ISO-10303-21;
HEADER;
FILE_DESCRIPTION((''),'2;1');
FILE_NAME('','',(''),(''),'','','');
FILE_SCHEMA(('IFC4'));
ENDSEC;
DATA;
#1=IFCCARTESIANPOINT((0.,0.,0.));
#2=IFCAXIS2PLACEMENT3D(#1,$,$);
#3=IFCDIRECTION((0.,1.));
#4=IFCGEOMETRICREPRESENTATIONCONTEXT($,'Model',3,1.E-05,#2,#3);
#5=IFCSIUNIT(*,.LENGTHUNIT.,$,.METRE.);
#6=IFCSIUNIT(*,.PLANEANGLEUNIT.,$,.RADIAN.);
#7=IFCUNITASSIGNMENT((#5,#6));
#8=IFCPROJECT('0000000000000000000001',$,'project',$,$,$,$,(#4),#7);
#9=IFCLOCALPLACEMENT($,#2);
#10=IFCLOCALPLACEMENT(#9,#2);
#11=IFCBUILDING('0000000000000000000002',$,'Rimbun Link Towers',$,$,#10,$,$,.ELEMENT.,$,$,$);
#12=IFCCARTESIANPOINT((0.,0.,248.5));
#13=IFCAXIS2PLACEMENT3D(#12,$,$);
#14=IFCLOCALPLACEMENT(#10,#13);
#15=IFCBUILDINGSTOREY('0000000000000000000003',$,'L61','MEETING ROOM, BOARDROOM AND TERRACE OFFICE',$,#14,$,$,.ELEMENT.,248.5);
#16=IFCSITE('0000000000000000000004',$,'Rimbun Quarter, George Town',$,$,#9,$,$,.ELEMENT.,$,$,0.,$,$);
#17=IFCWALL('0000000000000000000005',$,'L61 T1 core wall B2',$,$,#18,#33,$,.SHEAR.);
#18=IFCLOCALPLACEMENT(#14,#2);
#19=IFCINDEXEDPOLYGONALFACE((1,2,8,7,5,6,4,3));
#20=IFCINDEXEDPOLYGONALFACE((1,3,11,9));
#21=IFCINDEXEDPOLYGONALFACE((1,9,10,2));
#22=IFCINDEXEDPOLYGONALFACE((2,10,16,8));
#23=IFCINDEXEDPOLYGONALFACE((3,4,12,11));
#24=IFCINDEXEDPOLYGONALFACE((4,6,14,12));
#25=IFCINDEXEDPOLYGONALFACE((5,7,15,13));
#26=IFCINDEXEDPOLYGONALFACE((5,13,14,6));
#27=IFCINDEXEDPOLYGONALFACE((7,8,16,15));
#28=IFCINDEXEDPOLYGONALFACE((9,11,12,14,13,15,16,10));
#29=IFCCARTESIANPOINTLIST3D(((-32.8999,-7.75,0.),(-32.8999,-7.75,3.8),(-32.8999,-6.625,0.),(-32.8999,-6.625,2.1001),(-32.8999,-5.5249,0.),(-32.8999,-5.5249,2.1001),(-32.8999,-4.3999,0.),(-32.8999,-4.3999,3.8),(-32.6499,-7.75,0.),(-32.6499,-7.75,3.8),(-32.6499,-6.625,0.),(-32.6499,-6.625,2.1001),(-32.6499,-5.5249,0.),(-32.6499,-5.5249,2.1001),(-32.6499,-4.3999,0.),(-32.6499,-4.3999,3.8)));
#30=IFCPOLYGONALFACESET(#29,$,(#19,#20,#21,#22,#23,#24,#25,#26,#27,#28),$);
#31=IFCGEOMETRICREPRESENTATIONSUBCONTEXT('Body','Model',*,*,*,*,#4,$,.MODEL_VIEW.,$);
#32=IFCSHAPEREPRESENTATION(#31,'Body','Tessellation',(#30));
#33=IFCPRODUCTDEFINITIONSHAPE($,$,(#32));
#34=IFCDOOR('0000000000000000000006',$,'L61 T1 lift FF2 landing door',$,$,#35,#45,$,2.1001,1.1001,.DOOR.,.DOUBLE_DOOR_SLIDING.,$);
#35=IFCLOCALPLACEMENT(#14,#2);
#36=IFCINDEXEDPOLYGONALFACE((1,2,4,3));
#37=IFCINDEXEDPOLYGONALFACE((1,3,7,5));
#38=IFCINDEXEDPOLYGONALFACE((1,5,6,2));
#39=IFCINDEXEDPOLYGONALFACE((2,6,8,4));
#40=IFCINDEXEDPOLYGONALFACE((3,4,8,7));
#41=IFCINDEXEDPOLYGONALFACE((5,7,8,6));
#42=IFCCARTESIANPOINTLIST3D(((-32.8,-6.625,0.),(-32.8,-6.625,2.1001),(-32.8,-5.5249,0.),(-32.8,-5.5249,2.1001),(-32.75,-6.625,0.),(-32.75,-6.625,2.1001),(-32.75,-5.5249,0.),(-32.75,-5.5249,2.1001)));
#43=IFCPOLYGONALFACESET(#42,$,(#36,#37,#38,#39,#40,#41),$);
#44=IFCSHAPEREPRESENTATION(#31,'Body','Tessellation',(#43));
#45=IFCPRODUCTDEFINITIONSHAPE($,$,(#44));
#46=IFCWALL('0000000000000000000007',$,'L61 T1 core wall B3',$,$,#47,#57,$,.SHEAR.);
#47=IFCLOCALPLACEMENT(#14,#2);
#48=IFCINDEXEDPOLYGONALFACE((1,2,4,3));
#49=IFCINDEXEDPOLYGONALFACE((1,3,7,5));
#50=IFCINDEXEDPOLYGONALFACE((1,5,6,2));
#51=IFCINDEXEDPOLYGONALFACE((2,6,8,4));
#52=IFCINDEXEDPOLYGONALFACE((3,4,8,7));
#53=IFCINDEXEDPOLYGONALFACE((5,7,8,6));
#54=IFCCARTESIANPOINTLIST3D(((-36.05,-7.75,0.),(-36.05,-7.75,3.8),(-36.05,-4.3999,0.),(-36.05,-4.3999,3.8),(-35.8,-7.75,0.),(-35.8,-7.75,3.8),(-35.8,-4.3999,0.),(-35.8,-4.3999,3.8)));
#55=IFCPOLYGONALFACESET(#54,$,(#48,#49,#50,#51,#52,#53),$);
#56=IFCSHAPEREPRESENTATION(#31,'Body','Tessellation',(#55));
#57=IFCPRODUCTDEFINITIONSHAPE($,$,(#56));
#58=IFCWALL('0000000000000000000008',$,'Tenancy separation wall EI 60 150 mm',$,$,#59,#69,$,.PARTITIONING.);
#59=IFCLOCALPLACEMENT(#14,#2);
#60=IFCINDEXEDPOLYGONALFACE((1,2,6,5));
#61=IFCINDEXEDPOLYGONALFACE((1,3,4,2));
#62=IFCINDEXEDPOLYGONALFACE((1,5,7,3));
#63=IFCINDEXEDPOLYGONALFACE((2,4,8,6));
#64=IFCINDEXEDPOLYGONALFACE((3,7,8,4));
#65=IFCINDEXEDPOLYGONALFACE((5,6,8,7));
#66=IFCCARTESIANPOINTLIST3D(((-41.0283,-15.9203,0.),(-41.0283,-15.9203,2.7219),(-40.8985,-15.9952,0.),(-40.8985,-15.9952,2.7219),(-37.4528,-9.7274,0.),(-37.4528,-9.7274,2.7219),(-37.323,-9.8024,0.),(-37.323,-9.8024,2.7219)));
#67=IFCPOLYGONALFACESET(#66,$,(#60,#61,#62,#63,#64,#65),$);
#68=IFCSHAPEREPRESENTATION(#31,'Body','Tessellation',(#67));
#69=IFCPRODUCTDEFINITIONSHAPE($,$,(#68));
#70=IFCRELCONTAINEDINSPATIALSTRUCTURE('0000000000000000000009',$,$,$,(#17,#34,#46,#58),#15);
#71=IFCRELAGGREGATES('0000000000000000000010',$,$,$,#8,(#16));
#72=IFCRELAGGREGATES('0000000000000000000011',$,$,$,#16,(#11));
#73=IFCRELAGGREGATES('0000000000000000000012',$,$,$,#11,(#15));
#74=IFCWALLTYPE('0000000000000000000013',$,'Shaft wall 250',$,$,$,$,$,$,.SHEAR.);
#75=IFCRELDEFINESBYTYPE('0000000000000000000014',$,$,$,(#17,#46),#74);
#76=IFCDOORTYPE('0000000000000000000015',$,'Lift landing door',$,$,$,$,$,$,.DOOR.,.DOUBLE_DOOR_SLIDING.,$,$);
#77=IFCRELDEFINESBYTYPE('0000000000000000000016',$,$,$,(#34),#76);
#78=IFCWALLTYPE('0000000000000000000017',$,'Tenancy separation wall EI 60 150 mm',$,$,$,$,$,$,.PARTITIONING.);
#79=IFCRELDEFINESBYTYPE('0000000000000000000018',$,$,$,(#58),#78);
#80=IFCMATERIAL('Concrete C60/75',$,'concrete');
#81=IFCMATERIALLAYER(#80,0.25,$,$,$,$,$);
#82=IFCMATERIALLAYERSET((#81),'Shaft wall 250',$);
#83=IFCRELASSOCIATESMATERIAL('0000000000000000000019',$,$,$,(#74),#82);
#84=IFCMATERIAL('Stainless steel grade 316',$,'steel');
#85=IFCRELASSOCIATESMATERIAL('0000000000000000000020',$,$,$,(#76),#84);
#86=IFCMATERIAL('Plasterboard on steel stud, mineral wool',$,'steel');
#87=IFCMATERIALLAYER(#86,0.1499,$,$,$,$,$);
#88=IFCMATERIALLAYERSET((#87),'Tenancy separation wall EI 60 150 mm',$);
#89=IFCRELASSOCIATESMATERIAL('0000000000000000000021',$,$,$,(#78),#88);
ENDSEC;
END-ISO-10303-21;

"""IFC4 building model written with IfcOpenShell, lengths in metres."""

from ifc_helpers import new_model, si_unit, direction, frame, frame_2d, origin, place, context, subcontext, project, spatial, rectangle, extrude, material, layer, layer_set, type_object, element, fill, save


model = new_model("IFC4")

# Units and contexts
model_context = context("Model", 3, precision=1e-05, world=origin(), true_north=direction((0.0, 1.0)))
body_context = subcontext(model_context, "Body", "Model", "MODEL_VIEW")
ifc_project = project(units=[si_unit("LENGTHUNIT", "METRE"), si_unit("PLANEANGLEUNIT", "RADIAN")], contexts=[model_context])

# Site, building, storey
site_placement = place(None, origin())
site = spatial("IfcSite", under=ifc_project, at=site_placement, Name="Rimbun Quarter, George Town", CompositionType="ELEMENT", RefElevation=0.0)
building_placement = place(site_placement, origin())
building = spatial("IfcBuilding", under=site, at=building_placement, Name="Rimbun Link Towers", CompositionType="ELEMENT")
storey_placement = place(building_placement, frame((0.0, 0.0, 248.5)))
storey = spatial("IfcBuildingStorey", under=building, at=storey_placement, Name="L61", Description="MEETING ROOM, BOARDROOM AND TERRACE OFFICE", CompositionType="ELEMENT", Elevation=248.5)

# Shared definitions
ifc_material_1 = material(Name="Concrete C60/75", Category="concrete")
ifc_layer_1 = layer(ifc_material_1, 0.25)
ifc_layer_set_1 = layer_set([ifc_layer_1], Name="Shaft wall 250")
wall_type_1 = type_object("IfcWallType", Name="Shaft wall 250", PredefinedType="SHEAR", material=ifc_layer_set_1)

# Shared definitions
ifc_material_2 = material(Name="Stainless steel grade 316", Category="steel")
door_type = type_object("IfcDoorType", Name="Lift landing door", OperationType="DOUBLE_DOOR_SLIDING", PredefinedType="DOOR", material=ifc_material_2)

# Wall, opening, door
wall_1_placement = place(storey_placement, frame((-32.7749, -4.3999, 0.0), z_axis=(0.0, 0.0, 1.0), x_axis=(0.0, -1.0, 0.0)))
wall_1 = element("IfcWall", 1, at=wall_1_placement, inside=storey, type_object=wall_type_1, Name="L61 T1 core wall B2", PredefinedType="SHEAR", context=body_context, shape_type="SweptSolid", body=[
    extrude(rectangle(XDim=3.3501, YDim=0.25, at=frame_2d((1.675, 0.0))), origin(), (0.0, 0.0, 1.0), 3.8),
])
opening_1_placement = place(wall_1_placement, frame((1.125, 0.0, 0.0)))
opening_1 = element("IfcOpeningElement", 2, at=opening_1_placement, cuts=wall_1, PredefinedType="OPENING", context=body_context, shape_type="SweptSolid", body=[
    extrude(rectangle(XDim=1.1001, YDim=2.1001, at=frame_2d((0.55, 1.05))), frame((0.0, 0.135, 0.0), z_axis=(0.0, -1.0, 0.0), x_axis=(1.0, 0.0, 0.0)), (0.0, 0.0, 1.0), 0.27),
])
door_1_placement = place(opening_1_placement, origin())
door_1 = element("IfcDoor", 3, at=door_1_placement, inside=storey, type_object=door_type, Name="L61 T1 lift FF2 landing door", OperationType="DOUBLE_DOOR_SLIDING", OverallHeight=2.1001, OverallWidth=1.1001, PredefinedType="DOOR", context=body_context, shape_type="SweptSolid", body=[
    extrude(rectangle(XDim=1.1001, YDim=2.1001, at=frame_2d((0.55, 1.05))), frame((0.0, 0.0249, 0.0), z_axis=(0.0, -1.0, 0.0), x_axis=(1.0, 0.0, 0.0)), (0.0, 0.0, 1.0), 0.05),
])
fill(opening_1, door_1)

# Walls
wall_2_placement = place(storey_placement, frame((-35.925, -4.3999, 0.0), z_axis=(0.0, 0.0, 1.0), x_axis=(0.0, -1.0, 0.0)))
element("IfcWall", 4, at=wall_2_placement, inside=storey, type_object=wall_type_1, Name="L61 T1 core wall B3", PredefinedType="SHEAR", context=body_context, shape_type="SweptSolid", body=[
    extrude(rectangle(XDim=3.3501, YDim=0.25, at=frame_2d((1.675, 0.0))), origin(), (0.0, 0.0, 1.0), 3.8),
])
ifc_material_3 = material(Name="Plasterboard on steel stud, mineral wool", Category="steel")
ifc_layer_2 = layer(ifc_material_3, 0.1499)
ifc_layer_set_2 = layer_set([ifc_layer_2], Name="Tenancy separation wall EI 60 150 mm")
wall_type_2 = type_object("IfcWallType", Name="Tenancy separation wall EI 60 150 mm", PredefinedType="PARTITIONING", material=ifc_layer_set_2)
wall_3_placement = place(storey_placement, frame((-37.3879, -9.7649, 0.0), z_axis=(0.0, 0.0, 1.0), x_axis=(-0.499998, -0.866026, 0.0)))
element("IfcWall", 5, at=wall_3_placement, inside=storey, type_object=wall_type_2, Name="Tenancy separation wall EI 60 150 mm", PredefinedType="PARTITIONING", context=body_context, shape_type="SweptSolid", body=[
    extrude(rectangle(XDim=7.1509, YDim=0.1499, at=frame_2d((3.5754, 0.0))), origin(), (0.0, 0.0, 1.0), 2.7219),
])

save(model, "model.ifc")
